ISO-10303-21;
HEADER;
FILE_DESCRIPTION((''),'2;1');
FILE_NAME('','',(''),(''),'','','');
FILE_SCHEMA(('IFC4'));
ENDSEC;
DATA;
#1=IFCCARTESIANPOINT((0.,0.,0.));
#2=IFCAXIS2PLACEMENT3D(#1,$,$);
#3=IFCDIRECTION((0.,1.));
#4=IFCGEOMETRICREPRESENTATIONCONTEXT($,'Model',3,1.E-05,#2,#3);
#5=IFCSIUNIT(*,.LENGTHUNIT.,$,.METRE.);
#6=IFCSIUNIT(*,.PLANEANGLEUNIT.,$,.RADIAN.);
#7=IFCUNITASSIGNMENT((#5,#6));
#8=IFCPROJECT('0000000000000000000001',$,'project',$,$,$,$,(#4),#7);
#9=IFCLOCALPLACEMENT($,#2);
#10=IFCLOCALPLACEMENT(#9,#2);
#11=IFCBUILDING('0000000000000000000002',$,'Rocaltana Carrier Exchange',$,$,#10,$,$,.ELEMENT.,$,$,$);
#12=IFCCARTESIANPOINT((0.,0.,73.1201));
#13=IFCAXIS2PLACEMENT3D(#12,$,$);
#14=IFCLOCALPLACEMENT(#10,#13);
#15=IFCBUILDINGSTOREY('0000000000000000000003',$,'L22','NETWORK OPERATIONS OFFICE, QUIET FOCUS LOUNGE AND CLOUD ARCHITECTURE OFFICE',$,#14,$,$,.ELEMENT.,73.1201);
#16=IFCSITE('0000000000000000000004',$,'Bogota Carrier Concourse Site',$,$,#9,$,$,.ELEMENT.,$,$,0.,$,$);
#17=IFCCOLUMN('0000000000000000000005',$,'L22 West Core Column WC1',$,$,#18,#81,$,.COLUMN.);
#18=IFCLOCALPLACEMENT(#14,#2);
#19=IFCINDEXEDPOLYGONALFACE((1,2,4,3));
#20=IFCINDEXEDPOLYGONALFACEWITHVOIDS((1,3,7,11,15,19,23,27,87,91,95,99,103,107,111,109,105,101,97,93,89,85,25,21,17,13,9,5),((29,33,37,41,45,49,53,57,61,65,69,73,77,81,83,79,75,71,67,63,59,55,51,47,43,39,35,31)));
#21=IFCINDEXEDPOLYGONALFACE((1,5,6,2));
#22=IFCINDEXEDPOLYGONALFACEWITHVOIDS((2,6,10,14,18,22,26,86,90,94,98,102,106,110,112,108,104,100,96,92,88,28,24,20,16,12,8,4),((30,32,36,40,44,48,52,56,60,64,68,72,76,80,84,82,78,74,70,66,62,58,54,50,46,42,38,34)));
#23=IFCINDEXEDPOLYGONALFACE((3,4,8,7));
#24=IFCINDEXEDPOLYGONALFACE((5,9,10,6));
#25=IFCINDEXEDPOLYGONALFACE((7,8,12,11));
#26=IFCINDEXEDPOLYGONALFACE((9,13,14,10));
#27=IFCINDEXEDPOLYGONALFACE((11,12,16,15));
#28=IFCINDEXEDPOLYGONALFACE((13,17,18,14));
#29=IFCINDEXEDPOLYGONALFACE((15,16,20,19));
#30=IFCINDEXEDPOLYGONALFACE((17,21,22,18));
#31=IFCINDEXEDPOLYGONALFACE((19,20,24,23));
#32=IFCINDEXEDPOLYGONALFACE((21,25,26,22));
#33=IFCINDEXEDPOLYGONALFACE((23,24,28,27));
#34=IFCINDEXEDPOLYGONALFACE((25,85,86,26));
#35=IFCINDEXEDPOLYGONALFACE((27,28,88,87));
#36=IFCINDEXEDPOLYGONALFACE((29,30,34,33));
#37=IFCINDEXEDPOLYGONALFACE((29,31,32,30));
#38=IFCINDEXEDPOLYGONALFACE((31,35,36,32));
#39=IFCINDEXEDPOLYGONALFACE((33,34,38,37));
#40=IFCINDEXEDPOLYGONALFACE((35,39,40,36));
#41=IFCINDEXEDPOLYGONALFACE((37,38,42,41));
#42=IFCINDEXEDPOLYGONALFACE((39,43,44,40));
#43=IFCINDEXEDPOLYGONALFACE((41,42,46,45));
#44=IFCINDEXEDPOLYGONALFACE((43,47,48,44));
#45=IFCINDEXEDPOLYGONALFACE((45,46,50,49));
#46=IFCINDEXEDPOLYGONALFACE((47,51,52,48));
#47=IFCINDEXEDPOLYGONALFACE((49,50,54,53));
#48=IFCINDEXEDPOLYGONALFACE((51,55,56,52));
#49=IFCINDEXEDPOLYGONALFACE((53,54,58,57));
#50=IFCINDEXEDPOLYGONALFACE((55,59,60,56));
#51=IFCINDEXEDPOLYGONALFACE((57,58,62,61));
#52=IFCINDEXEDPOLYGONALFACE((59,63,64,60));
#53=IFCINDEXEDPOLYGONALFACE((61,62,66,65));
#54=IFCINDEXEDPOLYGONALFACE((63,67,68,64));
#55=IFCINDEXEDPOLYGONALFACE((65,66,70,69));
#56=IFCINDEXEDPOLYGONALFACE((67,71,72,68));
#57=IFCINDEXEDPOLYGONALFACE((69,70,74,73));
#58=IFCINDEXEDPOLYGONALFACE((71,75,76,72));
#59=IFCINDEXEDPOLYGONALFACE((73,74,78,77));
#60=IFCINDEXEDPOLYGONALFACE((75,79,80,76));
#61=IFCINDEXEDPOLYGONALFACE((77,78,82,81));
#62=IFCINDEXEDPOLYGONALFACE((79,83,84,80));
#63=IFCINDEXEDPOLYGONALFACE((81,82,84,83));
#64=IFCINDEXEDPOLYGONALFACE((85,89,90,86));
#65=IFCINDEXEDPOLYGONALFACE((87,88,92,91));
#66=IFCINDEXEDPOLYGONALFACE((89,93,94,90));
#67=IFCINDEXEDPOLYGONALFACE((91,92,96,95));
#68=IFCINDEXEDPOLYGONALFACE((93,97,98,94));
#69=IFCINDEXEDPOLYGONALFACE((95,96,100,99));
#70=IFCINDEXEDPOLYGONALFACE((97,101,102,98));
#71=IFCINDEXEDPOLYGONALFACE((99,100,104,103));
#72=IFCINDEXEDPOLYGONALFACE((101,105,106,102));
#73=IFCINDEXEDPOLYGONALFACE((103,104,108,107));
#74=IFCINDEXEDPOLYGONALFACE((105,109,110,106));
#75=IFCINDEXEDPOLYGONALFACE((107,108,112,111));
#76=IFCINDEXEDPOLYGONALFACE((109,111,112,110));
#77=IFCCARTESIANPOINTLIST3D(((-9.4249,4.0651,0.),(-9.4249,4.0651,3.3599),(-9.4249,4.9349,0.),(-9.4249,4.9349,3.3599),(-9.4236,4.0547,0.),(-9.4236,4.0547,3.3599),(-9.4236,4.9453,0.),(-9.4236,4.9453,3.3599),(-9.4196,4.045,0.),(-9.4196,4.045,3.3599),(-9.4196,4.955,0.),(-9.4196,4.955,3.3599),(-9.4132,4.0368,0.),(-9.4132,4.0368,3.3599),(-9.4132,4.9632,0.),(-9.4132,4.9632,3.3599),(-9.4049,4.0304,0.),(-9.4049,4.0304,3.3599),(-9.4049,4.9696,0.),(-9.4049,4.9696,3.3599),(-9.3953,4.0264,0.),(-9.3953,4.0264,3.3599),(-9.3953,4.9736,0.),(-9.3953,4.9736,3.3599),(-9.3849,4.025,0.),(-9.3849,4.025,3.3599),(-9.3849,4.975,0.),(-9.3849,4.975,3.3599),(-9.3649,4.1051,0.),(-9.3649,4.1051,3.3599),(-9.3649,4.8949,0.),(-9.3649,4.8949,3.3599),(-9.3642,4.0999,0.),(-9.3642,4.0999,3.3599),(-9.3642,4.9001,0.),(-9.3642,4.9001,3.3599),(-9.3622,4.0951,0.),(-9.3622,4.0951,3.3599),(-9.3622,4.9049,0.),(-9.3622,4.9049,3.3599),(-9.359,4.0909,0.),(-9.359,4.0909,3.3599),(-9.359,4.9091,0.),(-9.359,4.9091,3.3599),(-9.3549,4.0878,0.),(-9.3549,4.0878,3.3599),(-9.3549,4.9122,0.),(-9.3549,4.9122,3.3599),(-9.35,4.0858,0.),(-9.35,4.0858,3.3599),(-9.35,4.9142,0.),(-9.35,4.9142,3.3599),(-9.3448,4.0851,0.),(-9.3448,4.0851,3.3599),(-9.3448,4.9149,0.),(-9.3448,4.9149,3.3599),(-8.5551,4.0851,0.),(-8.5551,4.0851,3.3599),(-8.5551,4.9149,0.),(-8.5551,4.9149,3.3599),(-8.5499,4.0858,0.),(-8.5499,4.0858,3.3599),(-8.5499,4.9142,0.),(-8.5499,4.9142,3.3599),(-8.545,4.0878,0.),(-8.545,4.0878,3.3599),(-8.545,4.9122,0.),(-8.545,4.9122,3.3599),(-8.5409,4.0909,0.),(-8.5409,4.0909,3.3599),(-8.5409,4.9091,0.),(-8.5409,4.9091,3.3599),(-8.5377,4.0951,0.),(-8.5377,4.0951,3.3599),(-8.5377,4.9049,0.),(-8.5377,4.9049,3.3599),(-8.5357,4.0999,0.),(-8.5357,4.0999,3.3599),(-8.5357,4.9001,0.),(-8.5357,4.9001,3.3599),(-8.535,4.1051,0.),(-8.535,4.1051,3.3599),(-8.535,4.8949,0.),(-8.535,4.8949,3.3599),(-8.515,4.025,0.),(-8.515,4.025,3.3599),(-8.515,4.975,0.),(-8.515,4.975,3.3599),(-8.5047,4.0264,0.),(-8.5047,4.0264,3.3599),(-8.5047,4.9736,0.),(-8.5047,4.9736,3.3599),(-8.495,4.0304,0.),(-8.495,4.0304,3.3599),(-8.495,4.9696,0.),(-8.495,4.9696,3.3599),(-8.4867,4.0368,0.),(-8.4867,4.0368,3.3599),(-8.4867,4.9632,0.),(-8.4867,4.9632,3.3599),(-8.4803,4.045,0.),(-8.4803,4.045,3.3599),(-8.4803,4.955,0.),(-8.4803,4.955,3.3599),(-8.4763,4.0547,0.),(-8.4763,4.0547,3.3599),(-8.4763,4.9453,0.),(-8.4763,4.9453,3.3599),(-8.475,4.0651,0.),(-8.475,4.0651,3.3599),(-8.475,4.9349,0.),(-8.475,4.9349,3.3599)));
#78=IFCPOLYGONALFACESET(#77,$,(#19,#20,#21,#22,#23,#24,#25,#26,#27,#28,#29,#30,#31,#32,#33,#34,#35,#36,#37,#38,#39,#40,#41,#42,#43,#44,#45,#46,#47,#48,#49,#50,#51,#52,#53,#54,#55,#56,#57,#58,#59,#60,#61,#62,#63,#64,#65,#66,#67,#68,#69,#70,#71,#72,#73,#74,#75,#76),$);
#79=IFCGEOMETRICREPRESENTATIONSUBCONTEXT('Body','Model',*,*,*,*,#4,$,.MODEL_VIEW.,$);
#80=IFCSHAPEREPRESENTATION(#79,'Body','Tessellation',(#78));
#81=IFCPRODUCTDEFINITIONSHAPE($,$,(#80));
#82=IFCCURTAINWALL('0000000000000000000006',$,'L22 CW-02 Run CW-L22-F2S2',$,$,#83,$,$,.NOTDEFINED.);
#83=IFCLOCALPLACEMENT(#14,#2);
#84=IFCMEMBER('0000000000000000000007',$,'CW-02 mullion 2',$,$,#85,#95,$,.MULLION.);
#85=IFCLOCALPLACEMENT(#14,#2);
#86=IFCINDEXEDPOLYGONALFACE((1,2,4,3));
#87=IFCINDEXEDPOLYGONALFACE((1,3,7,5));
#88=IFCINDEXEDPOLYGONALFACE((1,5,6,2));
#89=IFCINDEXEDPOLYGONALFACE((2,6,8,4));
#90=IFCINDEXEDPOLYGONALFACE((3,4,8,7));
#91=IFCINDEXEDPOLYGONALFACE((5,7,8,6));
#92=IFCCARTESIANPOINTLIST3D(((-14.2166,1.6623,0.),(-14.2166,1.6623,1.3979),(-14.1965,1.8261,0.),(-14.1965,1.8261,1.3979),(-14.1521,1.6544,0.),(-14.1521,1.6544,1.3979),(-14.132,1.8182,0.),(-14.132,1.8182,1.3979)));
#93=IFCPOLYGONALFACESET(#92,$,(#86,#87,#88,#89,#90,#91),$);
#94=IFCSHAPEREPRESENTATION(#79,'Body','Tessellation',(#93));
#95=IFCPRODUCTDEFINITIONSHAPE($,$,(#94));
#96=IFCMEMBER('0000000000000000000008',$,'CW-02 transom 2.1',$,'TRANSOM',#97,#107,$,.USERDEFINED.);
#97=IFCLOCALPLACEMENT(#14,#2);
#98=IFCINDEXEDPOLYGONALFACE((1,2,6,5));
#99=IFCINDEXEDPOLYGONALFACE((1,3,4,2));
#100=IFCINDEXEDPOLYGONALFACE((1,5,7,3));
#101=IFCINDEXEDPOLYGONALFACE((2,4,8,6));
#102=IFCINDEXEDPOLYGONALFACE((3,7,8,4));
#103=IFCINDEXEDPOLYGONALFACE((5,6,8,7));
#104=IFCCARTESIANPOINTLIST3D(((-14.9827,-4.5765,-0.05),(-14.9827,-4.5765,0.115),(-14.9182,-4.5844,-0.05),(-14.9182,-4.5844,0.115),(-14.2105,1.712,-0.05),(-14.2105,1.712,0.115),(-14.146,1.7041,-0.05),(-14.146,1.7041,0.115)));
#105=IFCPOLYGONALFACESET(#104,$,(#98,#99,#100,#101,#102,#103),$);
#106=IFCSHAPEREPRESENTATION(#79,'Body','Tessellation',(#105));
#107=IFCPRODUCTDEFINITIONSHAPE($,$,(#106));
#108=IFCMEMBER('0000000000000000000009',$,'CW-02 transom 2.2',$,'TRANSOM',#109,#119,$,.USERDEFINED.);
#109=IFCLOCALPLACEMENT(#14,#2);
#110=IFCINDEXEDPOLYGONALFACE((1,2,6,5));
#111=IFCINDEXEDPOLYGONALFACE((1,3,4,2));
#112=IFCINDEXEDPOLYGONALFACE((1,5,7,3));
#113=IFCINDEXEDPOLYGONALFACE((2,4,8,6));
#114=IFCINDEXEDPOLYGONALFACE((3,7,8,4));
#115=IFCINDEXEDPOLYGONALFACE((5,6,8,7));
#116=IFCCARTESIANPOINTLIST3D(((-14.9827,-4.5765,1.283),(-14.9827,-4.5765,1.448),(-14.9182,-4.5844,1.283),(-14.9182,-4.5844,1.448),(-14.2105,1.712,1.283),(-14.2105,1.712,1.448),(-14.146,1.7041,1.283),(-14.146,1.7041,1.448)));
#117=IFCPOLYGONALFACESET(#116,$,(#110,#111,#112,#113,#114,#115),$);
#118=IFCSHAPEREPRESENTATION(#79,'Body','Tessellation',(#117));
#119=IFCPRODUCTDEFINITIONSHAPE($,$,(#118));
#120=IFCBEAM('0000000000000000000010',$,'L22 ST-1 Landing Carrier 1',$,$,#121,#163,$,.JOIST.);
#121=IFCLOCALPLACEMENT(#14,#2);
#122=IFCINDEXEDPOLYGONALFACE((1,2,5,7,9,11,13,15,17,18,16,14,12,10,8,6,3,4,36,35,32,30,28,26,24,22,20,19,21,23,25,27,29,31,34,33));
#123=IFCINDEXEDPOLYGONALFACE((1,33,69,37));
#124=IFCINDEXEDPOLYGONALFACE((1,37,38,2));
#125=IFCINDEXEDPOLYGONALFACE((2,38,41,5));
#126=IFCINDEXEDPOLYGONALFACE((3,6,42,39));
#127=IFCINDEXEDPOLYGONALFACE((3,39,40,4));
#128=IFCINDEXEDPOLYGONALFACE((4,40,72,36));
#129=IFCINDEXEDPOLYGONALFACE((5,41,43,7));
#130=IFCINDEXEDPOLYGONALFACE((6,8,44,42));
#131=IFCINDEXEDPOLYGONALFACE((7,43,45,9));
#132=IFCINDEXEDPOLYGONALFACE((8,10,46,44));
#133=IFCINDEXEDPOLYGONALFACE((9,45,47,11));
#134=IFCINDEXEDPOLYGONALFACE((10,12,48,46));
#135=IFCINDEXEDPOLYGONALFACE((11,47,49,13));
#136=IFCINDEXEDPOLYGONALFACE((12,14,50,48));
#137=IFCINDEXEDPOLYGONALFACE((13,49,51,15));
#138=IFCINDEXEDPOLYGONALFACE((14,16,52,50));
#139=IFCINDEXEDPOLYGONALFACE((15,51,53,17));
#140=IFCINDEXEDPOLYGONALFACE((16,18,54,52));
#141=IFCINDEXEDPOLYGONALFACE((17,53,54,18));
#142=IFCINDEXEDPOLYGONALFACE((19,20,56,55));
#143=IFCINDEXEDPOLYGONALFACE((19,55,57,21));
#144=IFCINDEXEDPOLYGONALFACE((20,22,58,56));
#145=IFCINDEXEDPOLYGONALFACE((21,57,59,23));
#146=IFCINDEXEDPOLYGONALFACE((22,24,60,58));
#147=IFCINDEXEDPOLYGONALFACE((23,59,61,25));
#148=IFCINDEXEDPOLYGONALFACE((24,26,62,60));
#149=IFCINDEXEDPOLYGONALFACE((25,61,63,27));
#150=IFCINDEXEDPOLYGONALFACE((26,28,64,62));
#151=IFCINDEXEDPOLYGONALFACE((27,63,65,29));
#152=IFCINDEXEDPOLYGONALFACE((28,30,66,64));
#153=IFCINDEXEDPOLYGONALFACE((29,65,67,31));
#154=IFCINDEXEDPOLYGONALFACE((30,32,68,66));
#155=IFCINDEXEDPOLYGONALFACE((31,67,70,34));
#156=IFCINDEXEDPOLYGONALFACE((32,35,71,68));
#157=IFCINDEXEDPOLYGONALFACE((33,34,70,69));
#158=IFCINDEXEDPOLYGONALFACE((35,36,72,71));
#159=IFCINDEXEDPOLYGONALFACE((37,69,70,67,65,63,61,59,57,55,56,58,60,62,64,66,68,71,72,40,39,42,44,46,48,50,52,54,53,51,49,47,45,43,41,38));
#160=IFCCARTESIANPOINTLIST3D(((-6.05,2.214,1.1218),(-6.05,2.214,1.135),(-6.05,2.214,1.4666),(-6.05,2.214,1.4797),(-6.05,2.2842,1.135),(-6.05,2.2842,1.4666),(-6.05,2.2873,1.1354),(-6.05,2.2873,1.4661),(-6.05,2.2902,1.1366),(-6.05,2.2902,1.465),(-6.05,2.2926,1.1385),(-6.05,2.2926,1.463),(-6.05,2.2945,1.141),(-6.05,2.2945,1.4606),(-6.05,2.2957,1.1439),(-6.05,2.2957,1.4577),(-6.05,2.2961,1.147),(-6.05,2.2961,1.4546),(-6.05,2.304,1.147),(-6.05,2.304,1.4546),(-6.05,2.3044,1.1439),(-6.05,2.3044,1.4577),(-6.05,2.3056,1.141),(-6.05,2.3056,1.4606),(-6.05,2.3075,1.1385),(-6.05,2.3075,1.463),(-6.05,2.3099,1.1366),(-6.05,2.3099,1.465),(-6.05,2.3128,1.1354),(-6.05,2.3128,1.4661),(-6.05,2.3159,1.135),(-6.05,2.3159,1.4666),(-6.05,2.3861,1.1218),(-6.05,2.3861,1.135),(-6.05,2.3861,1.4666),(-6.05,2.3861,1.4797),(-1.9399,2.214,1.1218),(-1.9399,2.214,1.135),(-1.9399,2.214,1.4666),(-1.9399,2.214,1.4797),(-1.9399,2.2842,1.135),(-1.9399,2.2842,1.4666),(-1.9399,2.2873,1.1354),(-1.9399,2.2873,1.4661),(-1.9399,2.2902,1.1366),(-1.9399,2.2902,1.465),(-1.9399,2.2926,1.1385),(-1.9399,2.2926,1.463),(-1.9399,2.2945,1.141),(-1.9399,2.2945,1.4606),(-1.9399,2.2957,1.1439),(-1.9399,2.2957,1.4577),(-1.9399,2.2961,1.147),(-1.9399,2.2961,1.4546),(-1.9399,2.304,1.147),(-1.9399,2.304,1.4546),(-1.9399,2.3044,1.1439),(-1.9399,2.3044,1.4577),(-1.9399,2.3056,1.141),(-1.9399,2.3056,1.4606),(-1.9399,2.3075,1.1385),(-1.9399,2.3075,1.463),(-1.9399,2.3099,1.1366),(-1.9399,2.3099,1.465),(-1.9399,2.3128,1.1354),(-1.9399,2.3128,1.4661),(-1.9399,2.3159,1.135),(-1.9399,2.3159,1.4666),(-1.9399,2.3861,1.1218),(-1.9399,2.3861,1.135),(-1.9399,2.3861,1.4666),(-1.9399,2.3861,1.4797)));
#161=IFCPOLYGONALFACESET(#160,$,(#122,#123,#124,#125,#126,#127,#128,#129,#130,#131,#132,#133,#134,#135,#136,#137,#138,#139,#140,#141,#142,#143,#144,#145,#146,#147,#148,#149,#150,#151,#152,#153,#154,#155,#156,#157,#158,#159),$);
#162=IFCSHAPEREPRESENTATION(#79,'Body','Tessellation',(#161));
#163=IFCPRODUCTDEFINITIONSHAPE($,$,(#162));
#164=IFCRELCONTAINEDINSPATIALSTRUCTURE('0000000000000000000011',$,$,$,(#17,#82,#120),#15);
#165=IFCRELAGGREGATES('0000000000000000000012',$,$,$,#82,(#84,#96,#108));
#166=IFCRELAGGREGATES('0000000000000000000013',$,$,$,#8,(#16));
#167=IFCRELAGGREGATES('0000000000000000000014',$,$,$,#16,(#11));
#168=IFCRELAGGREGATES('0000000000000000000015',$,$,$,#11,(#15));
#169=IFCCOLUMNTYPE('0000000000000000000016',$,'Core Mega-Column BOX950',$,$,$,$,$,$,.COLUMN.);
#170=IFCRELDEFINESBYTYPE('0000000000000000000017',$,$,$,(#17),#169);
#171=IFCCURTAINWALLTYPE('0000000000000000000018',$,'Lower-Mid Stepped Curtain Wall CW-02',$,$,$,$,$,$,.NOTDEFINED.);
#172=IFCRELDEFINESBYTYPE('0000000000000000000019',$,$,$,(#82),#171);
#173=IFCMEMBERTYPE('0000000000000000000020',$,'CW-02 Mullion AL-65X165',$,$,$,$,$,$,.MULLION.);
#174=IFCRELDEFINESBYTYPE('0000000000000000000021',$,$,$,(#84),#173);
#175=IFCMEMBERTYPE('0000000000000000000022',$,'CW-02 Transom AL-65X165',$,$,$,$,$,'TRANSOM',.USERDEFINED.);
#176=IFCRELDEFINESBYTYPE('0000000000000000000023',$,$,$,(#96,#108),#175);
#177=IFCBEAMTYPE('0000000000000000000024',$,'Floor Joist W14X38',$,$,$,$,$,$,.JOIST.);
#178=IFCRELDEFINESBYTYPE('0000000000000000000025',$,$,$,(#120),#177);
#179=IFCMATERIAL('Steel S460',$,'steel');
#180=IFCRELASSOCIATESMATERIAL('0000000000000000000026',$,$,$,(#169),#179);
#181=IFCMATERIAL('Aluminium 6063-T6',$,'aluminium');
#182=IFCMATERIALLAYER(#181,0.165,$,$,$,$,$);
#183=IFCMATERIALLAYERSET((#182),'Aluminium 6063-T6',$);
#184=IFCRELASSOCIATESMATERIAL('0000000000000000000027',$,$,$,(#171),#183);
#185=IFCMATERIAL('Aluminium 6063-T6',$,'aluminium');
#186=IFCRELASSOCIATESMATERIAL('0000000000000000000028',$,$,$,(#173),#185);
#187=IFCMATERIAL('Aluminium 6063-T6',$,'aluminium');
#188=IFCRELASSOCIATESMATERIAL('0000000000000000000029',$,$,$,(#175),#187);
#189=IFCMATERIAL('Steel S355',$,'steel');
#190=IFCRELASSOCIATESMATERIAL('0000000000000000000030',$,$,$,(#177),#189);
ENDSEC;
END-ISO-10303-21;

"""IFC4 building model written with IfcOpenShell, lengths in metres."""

from ifc_helpers import new_model, si_unit, direction, frame, origin, origin_2d, place, context, subcontext, project, spatial, rectangle, hollow_rectangle, i_section, extrude, material, layer, layer_set, material_profile, profile_set, type_object, element, aggregate, save


model = new_model("IFC4")

# Units and contexts
model_context = context("Model", 3, precision=1e-05, world=origin(), true_north=direction((0.0, 1.0)))
body_context = subcontext(model_context, "Body", "Model", "MODEL_VIEW")
ifc_project = project(units=[si_unit("LENGTHUNIT", "METRE"), si_unit("PLANEANGLEUNIT", "RADIAN")], contexts=[model_context])

# Site, building, storey
site_placement = place(None, origin())
site = spatial("IfcSite", under=ifc_project, at=site_placement, Name="Bogota Carrier Concourse Site", CompositionType="ELEMENT", RefElevation=0.0)
building_placement = place(site_placement, origin())
building = spatial("IfcBuilding", under=site, at=building_placement, Name="Rocaltana Carrier Exchange", CompositionType="ELEMENT")
storey_placement = place(building_placement, frame((0.0, 0.0, 73.1201)))
storey = spatial("IfcBuildingStorey", under=building, at=storey_placement, Name="L22", Description="NETWORK OPERATIONS OFFICE, QUIET FOCUS LOUNGE AND CLOUD ARCHITECTURE OFFICE", CompositionType="ELEMENT", Elevation=73.1201)

# Column
ifc_material_1 = material(Name="Steel S460", Category="steel")
ifc_material_profile_1 = material_profile(ifc_material_1, hollow_rectangle(XDim=0.95, YDim=0.95, WallThickness=0.0601, InnerFilletRadius=0.02, OuterFilletRadius=0.04, at=origin_2d()), Name="BOX950X950X60")
ifc_profile_set_1 = profile_set([ifc_material_profile_1], Name="Steel S460")
column_type = type_object("IfcColumnType", Name="Core Mega-Column BOX950", PredefinedType="COLUMN", material=ifc_profile_set_1)
column_placement = place(storey_placement, frame((-8.95, 4.5, 0.0), z_axis=(0.0, 0.0, 1.0), x_axis=(1.0, 0.0, 0.0)))
element("IfcColumn", 1, at=column_placement, inside=storey, type_object=column_type, Name="L22 West Core Column WC1", PredefinedType="COLUMN", context=body_context, shape_type="SweptSolid", body=[
    extrude(hollow_rectangle(XDim=0.95, YDim=0.95, WallThickness=0.0601, InnerFilletRadius=0.02, OuterFilletRadius=0.04, at=origin_2d()), origin(), (0.0, 0.0, 1.0), 3.3599),
])

# Curtain wall, members
ifc_material_2 = material(Name="Aluminium 6063-T6", Category="aluminium")
ifc_layer_1 = layer(ifc_material_2, 0.165)
ifc_layer_set_1 = layer_set([ifc_layer_1], Name="Aluminium 6063-T6")
curtain_wall_type = type_object("IfcCurtainWallType", Name="Lower-Mid Stepped Curtain Wall CW-02", PredefinedType="NOTDEFINED", material=ifc_layer_set_1)
curtain_wall_placement = place(storey_placement, origin())
curtain_wall = element("IfcCurtainWall", 2, at=curtain_wall_placement, inside=storey, type_object=curtain_wall_type, Name="L22 CW-02 Run CW-L22-F2S2", PredefinedType="NOTDEFINED")
ifc_material_3 = material(Name="Aluminium 6063-T6", Category="aluminium")
ifc_material_profile_2 = material_profile(ifc_material_3, rectangle(XDim=0.0649, YDim=0.165, at=origin_2d()), Name="AL-65X165")
ifc_profile_set_2 = profile_set([ifc_material_profile_2], Name="Aluminium 6063-T6")
member_type_1 = type_object("IfcMemberType", Name="CW-02 Mullion AL-65X165", PredefinedType="MULLION", material=ifc_profile_set_2)
member_1_placement = place(storey_placement, frame((-14.1743, 1.7402, 0.0), z_axis=(0.0, 0.0, 1.0), x_axis=(0.992546, -0.121874, 0.0)))
member_1 = element("IfcMember", 3, at=member_1_placement, type_object=member_type_1, Name="CW-02 mullion 2", PredefinedType="MULLION", context=body_context, shape_type="SweptSolid", body=[
    extrude(rectangle(XDim=0.0649, YDim=0.165, at=origin_2d()), origin(), (0.0, 0.0, 1.0), 1.3979),
])
ifc_material_4 = material(Name="Aluminium 6063-T6", Category="aluminium")
ifc_material_profile_3 = material_profile(ifc_material_4, rectangle(XDim=0.0649, YDim=0.165, at=origin_2d()), Name="AL-65X165")
ifc_profile_set_3 = profile_set([ifc_material_profile_3], Name="Aluminium 6063-T6")
member_type_2 = type_object("IfcMemberType", Name="CW-02 Transom AL-65X165", ElementType="TRANSOM", PredefinedType="USERDEFINED", material=ifc_profile_set_3)
member_2_placement = place(storey_placement, frame((-14.1782, 1.708, 0.0325), z_axis=(-0.121881, -0.992545, 0.0), x_axis=(0.992545, -0.121881, 0.0)))
member_2 = element("IfcMember", 4, at=member_2_placement, type_object=member_type_2, Name="CW-02 transom 2.1", ObjectType="TRANSOM", PredefinedType="USERDEFINED", context=body_context, shape_type="SweptSolid", body=[
    extrude(rectangle(XDim=0.0649, YDim=0.165, at=origin_2d()), origin(), (0.0, 0.0, 1.0), 6.3357),
])
member_3_placement = place(storey_placement, frame((-14.1782, 1.708, 1.3655), z_axis=(-0.121881, -0.992545, 0.0), x_axis=(0.992545, -0.121881, 0.0)))
member_3 = element("IfcMember", 5, at=member_3_placement, type_object=member_type_2, Name="CW-02 transom 2.2", ObjectType="TRANSOM", PredefinedType="USERDEFINED", context=body_context, shape_type="SweptSolid", body=[
    extrude(rectangle(XDim=0.0649, YDim=0.165, at=origin_2d()), origin(), (0.0, 0.0, 1.0), 6.3357),
])

# Beam
ifc_material_5 = material(Name="Steel S355", Category="steel")
ifc_material_profile_4 = material_profile(ifc_material_5, i_section(OverallWidth=0.1721, OverallDepth=0.3579, WebThickness=0.0078, FlangeThickness=0.0132, FilletRadius=0.012, at=origin_2d()), Name="W14X38")
ifc_profile_set_4 = profile_set([ifc_material_profile_4], Name="Steel S355")
beam_type_1 = type_object("IfcBeamType", Name="Floor Joist W14X38", PredefinedType="JOIST", material=ifc_profile_set_4)
beam_1_placement = place(storey_placement, frame((-6.05, 2.3, 1.3008), z_axis=(1.0, 0.0, 0.0), x_axis=(0.0, 1.0, 0.0)))
element("IfcBeam", 6, at=beam_1_placement, inside=storey, type_object=beam_type_1, Name="L22 ST-1 Landing Carrier 1", PredefinedType="JOIST", context=body_context, shape_type="SweptSolid", body=[
    extrude(i_section(OverallWidth=0.1721, OverallDepth=0.3579, WebThickness=0.0078, FlangeThickness=0.0132, FilletRadius=0.012, at=origin_2d()), origin(), (0.0, 0.0, 1.0), 4.1101),
])

aggregate(curtain_wall, [member_1, member_2, member_3])

save(model, "model.ifc")
